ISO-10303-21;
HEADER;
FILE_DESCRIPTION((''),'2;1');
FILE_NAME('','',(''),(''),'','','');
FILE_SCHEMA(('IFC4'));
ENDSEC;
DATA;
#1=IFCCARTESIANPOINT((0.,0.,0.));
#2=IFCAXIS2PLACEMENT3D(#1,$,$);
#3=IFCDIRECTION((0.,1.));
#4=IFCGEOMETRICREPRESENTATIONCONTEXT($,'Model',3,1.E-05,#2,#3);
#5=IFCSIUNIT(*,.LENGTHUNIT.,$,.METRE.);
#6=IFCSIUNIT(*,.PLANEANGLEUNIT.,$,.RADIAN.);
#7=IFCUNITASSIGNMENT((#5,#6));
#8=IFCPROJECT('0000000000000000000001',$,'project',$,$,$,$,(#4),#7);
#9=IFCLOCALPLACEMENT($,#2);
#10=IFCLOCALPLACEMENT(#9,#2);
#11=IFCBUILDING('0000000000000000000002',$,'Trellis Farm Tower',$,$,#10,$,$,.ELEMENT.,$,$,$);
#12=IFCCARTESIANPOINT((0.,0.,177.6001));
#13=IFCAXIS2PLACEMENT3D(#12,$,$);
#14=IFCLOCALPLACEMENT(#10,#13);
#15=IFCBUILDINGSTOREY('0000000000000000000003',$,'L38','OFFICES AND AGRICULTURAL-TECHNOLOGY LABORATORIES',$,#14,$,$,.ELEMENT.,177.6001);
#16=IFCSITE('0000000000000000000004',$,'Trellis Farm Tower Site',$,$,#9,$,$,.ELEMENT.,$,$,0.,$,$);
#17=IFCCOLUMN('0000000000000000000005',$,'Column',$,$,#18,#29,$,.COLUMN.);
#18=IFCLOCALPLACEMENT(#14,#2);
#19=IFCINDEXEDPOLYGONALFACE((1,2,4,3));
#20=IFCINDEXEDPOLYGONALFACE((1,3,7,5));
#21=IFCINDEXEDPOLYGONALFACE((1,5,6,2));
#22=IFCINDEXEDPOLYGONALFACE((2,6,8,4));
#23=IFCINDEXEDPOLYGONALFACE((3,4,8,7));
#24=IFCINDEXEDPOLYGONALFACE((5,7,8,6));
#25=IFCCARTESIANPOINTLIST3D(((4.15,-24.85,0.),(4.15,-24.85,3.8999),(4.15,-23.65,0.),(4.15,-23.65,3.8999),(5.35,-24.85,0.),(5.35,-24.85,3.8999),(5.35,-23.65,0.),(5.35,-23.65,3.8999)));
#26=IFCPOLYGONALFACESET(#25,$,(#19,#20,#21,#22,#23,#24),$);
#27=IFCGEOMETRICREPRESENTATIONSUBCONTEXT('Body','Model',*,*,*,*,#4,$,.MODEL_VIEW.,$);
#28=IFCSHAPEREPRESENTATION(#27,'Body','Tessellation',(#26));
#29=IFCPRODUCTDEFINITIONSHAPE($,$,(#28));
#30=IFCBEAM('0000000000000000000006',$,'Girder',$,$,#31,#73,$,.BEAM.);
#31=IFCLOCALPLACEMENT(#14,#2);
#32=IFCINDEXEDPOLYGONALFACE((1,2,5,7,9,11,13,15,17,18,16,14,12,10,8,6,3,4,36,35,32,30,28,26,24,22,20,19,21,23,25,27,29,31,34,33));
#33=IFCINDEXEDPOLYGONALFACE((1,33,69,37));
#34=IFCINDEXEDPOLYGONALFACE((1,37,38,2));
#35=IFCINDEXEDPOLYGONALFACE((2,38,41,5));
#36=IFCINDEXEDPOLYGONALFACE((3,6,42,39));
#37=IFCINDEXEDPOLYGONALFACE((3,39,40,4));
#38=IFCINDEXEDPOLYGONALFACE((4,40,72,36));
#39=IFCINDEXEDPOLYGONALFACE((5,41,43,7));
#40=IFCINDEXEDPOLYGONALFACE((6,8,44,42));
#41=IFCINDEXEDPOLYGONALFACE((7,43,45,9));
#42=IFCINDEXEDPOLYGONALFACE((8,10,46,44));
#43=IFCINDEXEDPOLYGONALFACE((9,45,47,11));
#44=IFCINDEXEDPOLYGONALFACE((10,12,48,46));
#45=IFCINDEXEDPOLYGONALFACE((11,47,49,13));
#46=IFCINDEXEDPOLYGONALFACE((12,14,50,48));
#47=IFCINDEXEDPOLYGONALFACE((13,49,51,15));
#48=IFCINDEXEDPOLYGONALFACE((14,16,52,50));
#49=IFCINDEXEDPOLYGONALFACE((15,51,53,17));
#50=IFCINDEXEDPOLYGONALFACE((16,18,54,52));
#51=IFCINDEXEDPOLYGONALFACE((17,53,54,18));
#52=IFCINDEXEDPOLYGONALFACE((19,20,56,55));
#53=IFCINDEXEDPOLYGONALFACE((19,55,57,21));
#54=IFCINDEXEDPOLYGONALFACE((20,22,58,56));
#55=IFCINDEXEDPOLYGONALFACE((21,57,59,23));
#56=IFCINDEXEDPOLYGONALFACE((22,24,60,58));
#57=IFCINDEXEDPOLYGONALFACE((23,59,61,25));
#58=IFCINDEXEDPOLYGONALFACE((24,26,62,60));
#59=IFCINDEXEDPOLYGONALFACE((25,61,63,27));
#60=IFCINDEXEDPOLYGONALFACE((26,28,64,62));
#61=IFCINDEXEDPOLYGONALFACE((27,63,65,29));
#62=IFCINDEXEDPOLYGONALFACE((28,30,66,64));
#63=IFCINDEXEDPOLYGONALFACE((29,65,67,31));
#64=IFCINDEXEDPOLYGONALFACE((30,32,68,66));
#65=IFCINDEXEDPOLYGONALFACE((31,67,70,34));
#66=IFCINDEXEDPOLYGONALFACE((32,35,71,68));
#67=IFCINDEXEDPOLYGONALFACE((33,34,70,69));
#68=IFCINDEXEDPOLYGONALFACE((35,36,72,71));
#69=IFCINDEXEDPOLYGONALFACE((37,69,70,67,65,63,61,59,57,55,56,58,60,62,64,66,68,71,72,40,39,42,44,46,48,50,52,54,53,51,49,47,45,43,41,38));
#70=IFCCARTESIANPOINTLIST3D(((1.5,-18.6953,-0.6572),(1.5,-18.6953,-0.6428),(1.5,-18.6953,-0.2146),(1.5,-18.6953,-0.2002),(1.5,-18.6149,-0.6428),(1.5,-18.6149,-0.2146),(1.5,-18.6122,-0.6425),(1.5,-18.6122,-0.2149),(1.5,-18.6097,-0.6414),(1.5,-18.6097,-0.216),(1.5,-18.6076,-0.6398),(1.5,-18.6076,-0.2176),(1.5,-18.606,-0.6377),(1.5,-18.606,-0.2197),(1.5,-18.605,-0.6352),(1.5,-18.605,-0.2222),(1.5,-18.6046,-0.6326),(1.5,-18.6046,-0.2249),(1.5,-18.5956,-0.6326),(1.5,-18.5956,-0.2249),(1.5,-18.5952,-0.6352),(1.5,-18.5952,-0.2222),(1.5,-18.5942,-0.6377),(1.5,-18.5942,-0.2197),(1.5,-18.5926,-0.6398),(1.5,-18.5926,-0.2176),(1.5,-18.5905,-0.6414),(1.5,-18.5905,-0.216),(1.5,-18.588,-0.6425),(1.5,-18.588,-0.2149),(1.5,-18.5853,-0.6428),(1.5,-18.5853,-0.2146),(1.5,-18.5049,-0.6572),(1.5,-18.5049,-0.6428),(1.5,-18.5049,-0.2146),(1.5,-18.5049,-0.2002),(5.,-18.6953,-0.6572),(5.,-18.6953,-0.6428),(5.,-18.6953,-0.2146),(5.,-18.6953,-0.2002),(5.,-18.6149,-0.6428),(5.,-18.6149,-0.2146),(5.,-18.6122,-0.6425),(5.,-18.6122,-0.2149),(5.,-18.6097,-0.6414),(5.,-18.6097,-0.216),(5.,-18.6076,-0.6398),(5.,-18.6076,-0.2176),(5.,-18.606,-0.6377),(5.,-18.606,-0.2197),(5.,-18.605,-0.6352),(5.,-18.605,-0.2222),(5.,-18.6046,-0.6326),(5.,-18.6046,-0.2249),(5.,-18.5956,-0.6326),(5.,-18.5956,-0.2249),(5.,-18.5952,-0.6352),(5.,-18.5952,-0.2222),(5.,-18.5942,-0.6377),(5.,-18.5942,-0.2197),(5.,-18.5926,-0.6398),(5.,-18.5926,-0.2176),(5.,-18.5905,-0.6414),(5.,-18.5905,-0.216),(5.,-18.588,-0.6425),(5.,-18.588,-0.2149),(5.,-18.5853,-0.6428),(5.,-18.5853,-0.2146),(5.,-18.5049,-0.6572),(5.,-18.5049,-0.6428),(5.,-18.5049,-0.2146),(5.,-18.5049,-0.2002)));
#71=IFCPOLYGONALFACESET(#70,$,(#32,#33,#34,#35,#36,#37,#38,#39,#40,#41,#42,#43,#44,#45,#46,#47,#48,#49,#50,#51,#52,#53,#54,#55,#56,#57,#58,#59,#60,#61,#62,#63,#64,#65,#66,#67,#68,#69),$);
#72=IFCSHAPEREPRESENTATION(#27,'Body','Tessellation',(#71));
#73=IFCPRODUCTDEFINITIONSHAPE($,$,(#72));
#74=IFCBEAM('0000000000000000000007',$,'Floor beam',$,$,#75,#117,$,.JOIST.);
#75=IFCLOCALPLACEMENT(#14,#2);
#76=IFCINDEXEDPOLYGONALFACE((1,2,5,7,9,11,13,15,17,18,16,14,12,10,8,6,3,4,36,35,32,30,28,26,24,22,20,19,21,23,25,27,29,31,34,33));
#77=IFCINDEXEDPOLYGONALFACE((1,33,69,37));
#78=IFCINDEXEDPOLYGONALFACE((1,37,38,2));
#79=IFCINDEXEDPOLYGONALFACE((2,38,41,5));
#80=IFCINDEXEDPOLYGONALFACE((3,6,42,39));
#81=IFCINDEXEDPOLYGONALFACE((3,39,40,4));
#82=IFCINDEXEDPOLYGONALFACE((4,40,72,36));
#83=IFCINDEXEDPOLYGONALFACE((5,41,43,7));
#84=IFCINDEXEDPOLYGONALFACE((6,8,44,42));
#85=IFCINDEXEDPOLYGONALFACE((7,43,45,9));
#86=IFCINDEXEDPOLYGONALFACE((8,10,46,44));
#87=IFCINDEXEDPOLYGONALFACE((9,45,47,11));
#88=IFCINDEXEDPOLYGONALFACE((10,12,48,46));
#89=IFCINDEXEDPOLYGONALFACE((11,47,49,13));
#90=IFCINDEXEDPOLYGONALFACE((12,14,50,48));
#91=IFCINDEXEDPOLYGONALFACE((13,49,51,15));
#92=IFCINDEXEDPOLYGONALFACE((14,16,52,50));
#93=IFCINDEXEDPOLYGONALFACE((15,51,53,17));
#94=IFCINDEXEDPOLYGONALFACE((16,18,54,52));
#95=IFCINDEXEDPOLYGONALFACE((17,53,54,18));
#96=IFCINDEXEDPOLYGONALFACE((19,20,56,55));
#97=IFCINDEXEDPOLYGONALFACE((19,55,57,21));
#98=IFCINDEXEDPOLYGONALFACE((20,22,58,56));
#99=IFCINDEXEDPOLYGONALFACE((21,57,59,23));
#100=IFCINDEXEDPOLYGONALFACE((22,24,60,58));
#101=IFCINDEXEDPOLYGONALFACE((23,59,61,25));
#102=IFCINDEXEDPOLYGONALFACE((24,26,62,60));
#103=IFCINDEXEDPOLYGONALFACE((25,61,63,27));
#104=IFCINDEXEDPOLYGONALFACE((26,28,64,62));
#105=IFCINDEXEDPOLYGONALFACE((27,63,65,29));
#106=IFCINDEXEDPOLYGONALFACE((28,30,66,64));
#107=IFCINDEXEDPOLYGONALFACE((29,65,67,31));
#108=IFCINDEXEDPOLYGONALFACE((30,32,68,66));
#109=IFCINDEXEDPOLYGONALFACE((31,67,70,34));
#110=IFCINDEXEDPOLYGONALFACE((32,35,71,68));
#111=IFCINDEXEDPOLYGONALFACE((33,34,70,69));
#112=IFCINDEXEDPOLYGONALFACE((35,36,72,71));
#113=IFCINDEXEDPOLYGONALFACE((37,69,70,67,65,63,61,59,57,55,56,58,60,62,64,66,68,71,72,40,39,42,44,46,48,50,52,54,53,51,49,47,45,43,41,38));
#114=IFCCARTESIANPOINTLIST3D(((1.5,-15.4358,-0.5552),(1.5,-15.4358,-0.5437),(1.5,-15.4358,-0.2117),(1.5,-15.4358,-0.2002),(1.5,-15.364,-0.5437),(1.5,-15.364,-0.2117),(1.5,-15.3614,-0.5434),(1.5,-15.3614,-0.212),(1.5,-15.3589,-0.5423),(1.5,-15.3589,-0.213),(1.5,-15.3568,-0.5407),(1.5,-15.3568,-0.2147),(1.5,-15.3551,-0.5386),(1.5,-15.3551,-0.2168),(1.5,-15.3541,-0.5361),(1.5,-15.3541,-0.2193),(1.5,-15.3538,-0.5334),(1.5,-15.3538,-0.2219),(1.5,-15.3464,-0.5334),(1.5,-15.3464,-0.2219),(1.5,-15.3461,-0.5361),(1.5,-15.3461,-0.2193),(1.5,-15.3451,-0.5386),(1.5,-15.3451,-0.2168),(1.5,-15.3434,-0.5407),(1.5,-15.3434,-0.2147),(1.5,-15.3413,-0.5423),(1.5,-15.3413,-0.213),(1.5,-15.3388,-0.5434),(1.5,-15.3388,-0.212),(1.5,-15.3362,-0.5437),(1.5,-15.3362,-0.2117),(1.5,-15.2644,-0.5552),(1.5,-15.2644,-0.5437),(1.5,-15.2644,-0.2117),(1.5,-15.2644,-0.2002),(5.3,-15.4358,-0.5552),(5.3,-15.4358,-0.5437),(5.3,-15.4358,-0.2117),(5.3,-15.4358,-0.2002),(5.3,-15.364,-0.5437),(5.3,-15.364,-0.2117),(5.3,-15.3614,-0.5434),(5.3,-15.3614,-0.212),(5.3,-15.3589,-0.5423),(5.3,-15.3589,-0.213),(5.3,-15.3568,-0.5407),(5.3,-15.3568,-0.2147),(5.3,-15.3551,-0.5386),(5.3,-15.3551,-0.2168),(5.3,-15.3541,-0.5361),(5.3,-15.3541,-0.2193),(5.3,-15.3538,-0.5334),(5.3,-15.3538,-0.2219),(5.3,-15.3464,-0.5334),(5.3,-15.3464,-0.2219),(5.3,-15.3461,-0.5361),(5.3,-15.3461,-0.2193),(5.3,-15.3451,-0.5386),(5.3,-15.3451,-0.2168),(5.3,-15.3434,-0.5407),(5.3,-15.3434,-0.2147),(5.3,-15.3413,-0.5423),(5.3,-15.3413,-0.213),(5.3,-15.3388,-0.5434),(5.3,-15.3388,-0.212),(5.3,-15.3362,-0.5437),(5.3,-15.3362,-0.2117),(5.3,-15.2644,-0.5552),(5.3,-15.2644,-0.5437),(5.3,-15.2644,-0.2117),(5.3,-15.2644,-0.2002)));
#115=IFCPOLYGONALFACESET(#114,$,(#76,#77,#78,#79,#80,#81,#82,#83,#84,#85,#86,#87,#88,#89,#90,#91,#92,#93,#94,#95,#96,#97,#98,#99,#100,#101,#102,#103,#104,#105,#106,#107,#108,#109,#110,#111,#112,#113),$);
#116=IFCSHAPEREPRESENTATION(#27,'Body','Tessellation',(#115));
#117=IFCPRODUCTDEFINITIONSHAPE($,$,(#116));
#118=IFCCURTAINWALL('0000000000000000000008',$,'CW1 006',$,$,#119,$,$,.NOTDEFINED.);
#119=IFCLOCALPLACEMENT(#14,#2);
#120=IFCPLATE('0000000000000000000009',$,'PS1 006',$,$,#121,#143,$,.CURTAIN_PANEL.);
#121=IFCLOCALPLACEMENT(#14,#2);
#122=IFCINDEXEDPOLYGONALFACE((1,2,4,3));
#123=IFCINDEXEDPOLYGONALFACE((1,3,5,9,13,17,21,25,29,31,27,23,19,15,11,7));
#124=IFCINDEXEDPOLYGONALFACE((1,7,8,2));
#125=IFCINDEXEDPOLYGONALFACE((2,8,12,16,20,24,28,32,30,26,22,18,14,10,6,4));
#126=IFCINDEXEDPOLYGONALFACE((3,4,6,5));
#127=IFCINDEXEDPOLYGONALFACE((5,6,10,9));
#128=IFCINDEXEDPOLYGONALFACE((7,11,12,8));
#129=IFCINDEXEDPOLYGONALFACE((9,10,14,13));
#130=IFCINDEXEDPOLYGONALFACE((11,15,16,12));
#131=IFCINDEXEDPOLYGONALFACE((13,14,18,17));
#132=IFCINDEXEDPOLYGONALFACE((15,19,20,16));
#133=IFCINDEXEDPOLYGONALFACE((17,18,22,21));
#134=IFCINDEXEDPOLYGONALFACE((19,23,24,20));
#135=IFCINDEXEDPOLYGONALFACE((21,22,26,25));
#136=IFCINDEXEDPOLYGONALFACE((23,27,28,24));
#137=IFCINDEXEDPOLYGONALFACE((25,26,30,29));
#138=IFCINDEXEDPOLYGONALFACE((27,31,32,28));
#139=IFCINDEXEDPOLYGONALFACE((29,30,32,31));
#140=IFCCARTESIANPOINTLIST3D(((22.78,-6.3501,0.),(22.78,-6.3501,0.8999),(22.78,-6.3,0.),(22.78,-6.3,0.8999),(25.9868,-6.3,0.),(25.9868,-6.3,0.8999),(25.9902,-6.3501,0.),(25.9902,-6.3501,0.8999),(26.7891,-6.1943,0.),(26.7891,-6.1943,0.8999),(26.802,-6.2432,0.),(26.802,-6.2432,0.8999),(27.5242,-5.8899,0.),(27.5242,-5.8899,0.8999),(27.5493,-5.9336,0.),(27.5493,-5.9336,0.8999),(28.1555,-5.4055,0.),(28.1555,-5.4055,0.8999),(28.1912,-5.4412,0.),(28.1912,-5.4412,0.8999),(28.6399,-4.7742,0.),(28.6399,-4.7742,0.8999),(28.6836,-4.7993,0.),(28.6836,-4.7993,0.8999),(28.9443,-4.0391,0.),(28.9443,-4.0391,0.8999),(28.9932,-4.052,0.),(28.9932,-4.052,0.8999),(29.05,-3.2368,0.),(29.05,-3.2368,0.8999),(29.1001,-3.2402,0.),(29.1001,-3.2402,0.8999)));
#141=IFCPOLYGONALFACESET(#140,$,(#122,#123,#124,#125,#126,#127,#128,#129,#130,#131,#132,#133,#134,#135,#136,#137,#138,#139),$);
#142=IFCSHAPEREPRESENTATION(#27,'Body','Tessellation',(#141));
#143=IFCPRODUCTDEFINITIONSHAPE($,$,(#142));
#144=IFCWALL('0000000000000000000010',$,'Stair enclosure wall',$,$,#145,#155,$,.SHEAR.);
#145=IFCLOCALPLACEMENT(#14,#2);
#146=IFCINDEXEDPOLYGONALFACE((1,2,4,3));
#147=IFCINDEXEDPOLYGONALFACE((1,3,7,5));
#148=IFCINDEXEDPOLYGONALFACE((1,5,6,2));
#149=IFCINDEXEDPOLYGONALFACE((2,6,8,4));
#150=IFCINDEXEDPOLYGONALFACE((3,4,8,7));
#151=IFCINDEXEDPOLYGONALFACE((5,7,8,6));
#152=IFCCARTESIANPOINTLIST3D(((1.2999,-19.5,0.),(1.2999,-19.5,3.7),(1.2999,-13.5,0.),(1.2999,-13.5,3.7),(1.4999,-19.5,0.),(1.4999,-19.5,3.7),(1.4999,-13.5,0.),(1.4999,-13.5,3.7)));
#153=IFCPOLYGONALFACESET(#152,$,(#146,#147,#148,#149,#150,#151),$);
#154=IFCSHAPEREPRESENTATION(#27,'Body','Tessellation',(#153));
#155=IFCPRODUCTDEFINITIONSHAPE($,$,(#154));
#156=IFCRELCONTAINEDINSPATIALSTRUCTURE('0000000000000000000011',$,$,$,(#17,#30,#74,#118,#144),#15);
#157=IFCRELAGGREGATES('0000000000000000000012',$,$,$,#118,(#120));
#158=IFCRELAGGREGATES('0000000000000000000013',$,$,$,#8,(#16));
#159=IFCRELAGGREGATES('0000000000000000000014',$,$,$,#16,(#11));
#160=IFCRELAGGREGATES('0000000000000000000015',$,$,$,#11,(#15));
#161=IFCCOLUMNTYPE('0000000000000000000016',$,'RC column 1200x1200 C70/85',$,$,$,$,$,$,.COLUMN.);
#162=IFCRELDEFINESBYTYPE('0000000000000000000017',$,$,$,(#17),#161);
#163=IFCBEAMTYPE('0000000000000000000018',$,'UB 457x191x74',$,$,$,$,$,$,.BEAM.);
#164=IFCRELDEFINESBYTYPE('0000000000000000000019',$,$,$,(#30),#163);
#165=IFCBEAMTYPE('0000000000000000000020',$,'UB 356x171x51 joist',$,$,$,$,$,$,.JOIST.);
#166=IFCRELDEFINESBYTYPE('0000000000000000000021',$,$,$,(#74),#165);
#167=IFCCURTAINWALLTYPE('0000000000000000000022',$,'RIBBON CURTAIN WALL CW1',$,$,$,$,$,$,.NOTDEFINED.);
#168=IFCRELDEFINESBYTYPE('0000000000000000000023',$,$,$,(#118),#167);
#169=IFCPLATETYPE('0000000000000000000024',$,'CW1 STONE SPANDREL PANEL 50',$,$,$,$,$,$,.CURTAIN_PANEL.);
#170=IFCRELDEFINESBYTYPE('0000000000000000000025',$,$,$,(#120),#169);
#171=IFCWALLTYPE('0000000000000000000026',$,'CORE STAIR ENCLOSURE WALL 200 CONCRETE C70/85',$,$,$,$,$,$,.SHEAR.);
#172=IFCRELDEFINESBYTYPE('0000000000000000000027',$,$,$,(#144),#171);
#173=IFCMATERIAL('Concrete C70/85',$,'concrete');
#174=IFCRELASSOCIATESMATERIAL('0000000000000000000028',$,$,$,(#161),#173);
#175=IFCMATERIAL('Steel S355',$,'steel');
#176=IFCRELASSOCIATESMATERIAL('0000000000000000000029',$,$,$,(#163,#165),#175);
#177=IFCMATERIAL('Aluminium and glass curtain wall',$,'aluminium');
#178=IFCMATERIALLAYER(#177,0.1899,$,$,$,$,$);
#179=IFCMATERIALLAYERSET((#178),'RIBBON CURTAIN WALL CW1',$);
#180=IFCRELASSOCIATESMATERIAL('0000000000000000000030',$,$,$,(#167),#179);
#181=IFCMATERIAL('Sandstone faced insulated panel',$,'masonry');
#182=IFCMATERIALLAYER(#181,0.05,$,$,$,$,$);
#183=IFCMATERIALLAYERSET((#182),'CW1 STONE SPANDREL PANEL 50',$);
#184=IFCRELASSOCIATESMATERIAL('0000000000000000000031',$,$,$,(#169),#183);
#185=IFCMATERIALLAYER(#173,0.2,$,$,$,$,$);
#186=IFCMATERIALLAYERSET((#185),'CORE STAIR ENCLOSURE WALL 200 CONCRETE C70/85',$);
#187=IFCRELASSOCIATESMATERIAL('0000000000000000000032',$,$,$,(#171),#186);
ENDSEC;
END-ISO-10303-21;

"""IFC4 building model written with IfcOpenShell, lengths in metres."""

from ifc_helpers import new_model, si_unit, direction, frame, frame_2d, origin, origin_2d, place, context, subcontext, project, spatial, polyline, rectangle, i_section, outline, extrude, source, transform, mapped, material, layer, layer_set, material_profile, profile_set, type_object, element, aggregate, save


model = new_model("IFC4")

# Units and contexts
model_context = context("Model", 3, precision=1e-05, world=origin(), true_north=direction((0.0, 1.0)))
body_context = subcontext(model_context, "Body", "Model", "MODEL_VIEW")
ifc_project = project(units=[si_unit("LENGTHUNIT", "METRE"), si_unit("PLANEANGLEUNIT", "RADIAN")], contexts=[model_context])

# Site, building, storey
site_placement = place(None, origin())
site = spatial("IfcSite", under=ifc_project, at=site_placement, Name="Trellis Farm Tower Site", CompositionType="ELEMENT", RefElevation=0.0)
building_placement = place(site_placement, origin())
building = spatial("IfcBuilding", under=site, at=building_placement, Name="Trellis Farm Tower", CompositionType="ELEMENT")
storey_placement = place(building_placement, frame((0.0, 0.0, 177.6001)))
storey = spatial("IfcBuildingStorey", under=building, at=storey_placement, Name="L38", Description="OFFICES AND AGRICULTURAL-TECHNOLOGY LABORATORIES", CompositionType="ELEMENT", Elevation=177.6001)

# Column
ifc_material_1 = material(Name="Concrete C70/85", Category="concrete")
ifc_material_profile_1 = material_profile(ifc_material_1, rectangle(XDim=1.2, YDim=1.2, at=origin_2d()), Name="RC column 1200x1200 C70/85")
ifc_profile_set_1 = profile_set([ifc_material_profile_1], Name="Concrete C70/85")
column_type = type_object("IfcColumnType", Name="RC column 1200x1200 C70/85", PredefinedType="COLUMN", material=ifc_profile_set_1)
shared_shape_1 = source(origin(), body_context, "Body", "SweptSolid", [
    extrude(rectangle(XDim=1.2, YDim=1.2, at=origin_2d()), origin(), (0.0, 0.0, 1.0), 3.8999),
])
column_placement = place(storey_placement, frame((4.75, -24.25, 0.0), z_axis=(0.0, 0.0, 1.0), x_axis=(1.0, 0.0, 0.0)))
element("IfcColumn", 1, at=column_placement, inside=storey, type_object=column_type, Name="Column", PredefinedType="COLUMN", context=body_context, shape_type="MappedRepresentation", body=[
    mapped(shared_shape_1, transform((0.0, 0.0, 0.0))),
])

# Beams
ifc_material_2 = material(Name="Steel S355", Category="steel")
ifc_material_profile_2 = material_profile(ifc_material_2, i_section(OverallWidth=0.1904, OverallDepth=0.457, WebThickness=0.009, FlangeThickness=0.0144, FilletRadius=0.0103, at=origin_2d()), Name="UB 457x191x74")
ifc_profile_set_2 = profile_set([ifc_material_profile_2], Name="Steel S355")
beam_type_1 = type_object("IfcBeamType", Name="UB 457x191x74", PredefinedType="BEAM", material=ifc_profile_set_2)
shared_shape_2 = source(origin(), body_context, "Body", "SweptSolid", [
    extrude(i_section(OverallWidth=0.1904, OverallDepth=0.457, WebThickness=0.009, FlangeThickness=0.0144, FilletRadius=0.0103, at=origin_2d()), origin(), (0.0, 0.0, 1.0), 3.5),
])
beam_1_placement = place(storey_placement, frame((1.5, -18.6001, -0.4287), z_axis=(1.0, 0.0, 0.0), x_axis=(0.0, 1.0, 0.0)))
element("IfcBeam", 2, at=beam_1_placement, inside=storey, type_object=beam_type_1, Name="Girder", PredefinedType="BEAM", context=body_context, shape_type="MappedRepresentation", body=[
    mapped(shared_shape_2, transform((0.0, 0.0, 0.0))),
])
ifc_material_profile_3 = material_profile(ifc_material_2, i_section(OverallWidth=0.1714, OverallDepth=0.355, WebThickness=0.0073, FlangeThickness=0.0115, FilletRadius=0.0103, at=origin_2d()), Name="UB 356x171x51")
ifc_profile_set_3 = profile_set([ifc_material_profile_3], Name="Steel S355")
beam_type_2 = type_object("IfcBeamType", Name="UB 356x171x51 joist", PredefinedType="JOIST", material=ifc_profile_set_3)
shared_shape_3 = source(origin(), body_context, "Body", "SweptSolid", [
    extrude(i_section(OverallWidth=0.1714, OverallDepth=0.355, WebThickness=0.0073, FlangeThickness=0.0115, FilletRadius=0.0103, at=origin_2d()), origin(), (0.0, 0.0, 1.0), 3.8),
])
beam_2_placement = place(storey_placement, frame((1.5, -15.3501, -0.3777), z_axis=(1.0, 0.0, 0.0), x_axis=(0.0, 1.0, 0.0)))
element("IfcBeam", 3, at=beam_2_placement, inside=storey, type_object=beam_type_2, Name="Floor beam", PredefinedType="JOIST", context=body_context, shape_type="MappedRepresentation", body=[
    mapped(shared_shape_3, transform((0.0, 0.0, 0.0))),
])

# Curtain wall, plate
ifc_material_3 = material(Name="Aluminium and glass curtain wall", Category="aluminium")
ifc_layer_1 = layer(ifc_material_3, 0.1899)
ifc_layer_set_1 = layer_set([ifc_layer_1], Name="RIBBON CURTAIN WALL CW1")
curtain_wall_type = type_object("IfcCurtainWallType", Name="RIBBON CURTAIN WALL CW1", PredefinedType="NOTDEFINED", material=ifc_layer_set_1)
placement = place(storey_placement, origin())
curtain_wall = element("IfcCurtainWall", 4, at=placement, inside=storey, type_object=curtain_wall_type, Name="CW1 006", PredefinedType="NOTDEFINED")
ifc_material_4 = material(Name="Sandstone faced insulated panel", Category="masonry")
ifc_layer_2 = layer(ifc_material_4, 0.05)
ifc_layer_set_2 = layer_set([ifc_layer_2], Name="CW1 STONE SPANDREL PANEL 50")
plate_type = type_object("IfcPlateType", Name="CW1 STONE SPANDREL PANEL 50", PredefinedType="CURTAIN_PANEL", material=ifc_layer_set_2)
shared_shape_4 = source(origin(), body_context, "Body", "SweptSolid", [
    extrude(outline(polyline([(22.78, -6.3501), (25.9902, -6.3501), (26.802, -6.2432), (27.5493, -5.9336), (28.1912, -5.4412), (28.6836, -4.7993), (28.9932, -4.052), (29.1001, -3.2402), (29.05, -3.2368), (28.9443, -4.0391), (28.6399, -4.7742), (28.1555, -5.4055), (27.5242, -5.8899), (26.7891, -6.1943), (25.9868, -6.3), (22.78, -6.3), (22.78, -6.3501)])), origin(), (0.0, 0.0, 1.0), 0.8999),
])
plate = element("IfcPlate", 5, at=placement, type_object=plate_type, Name="PS1 006", PredefinedType="CURTAIN_PANEL", context=body_context, shape_type="MappedRepresentation", body=[
    mapped(shared_shape_4, transform((0.0, 0.0, 0.0))),
])
aggregate(curtain_wall, [plate])

# Wall
ifc_layer_3 = layer(ifc_material_1, 0.2)
ifc_layer_set_3 = layer_set([ifc_layer_3], Name="CORE STAIR ENCLOSURE WALL 200 CONCRETE C70/85")
wall_type_1 = type_object("IfcWallType", Name="CORE STAIR ENCLOSURE WALL 200 CONCRETE C70/85", PredefinedType="SHEAR", material=ifc_layer_set_3)
shared_shape_5 = source(origin(), body_context, "Body", "SweptSolid", [
    extrude(rectangle(XDim=6.0, YDim=0.2, at=frame_2d((3.0, 0.0))), origin(), (0.0, 0.0, 1.0), 3.7),
])
wall_1_placement = place(storey_placement, frame((1.3999, -13.5, 0.0), z_axis=(0.0, 0.0, 1.0), x_axis=(0.0, -1.0, 0.0)))
element("IfcWall", 6, at=wall_1_placement, inside=storey, type_object=wall_type_1, Name="Stair enclosure wall", PredefinedType="SHEAR", context=body_context, shape_type="MappedRepresentation", body=[
    mapped(shared_shape_5, transform((0.0, 0.0, 0.0))),
])

save(model, "model.ifc")
